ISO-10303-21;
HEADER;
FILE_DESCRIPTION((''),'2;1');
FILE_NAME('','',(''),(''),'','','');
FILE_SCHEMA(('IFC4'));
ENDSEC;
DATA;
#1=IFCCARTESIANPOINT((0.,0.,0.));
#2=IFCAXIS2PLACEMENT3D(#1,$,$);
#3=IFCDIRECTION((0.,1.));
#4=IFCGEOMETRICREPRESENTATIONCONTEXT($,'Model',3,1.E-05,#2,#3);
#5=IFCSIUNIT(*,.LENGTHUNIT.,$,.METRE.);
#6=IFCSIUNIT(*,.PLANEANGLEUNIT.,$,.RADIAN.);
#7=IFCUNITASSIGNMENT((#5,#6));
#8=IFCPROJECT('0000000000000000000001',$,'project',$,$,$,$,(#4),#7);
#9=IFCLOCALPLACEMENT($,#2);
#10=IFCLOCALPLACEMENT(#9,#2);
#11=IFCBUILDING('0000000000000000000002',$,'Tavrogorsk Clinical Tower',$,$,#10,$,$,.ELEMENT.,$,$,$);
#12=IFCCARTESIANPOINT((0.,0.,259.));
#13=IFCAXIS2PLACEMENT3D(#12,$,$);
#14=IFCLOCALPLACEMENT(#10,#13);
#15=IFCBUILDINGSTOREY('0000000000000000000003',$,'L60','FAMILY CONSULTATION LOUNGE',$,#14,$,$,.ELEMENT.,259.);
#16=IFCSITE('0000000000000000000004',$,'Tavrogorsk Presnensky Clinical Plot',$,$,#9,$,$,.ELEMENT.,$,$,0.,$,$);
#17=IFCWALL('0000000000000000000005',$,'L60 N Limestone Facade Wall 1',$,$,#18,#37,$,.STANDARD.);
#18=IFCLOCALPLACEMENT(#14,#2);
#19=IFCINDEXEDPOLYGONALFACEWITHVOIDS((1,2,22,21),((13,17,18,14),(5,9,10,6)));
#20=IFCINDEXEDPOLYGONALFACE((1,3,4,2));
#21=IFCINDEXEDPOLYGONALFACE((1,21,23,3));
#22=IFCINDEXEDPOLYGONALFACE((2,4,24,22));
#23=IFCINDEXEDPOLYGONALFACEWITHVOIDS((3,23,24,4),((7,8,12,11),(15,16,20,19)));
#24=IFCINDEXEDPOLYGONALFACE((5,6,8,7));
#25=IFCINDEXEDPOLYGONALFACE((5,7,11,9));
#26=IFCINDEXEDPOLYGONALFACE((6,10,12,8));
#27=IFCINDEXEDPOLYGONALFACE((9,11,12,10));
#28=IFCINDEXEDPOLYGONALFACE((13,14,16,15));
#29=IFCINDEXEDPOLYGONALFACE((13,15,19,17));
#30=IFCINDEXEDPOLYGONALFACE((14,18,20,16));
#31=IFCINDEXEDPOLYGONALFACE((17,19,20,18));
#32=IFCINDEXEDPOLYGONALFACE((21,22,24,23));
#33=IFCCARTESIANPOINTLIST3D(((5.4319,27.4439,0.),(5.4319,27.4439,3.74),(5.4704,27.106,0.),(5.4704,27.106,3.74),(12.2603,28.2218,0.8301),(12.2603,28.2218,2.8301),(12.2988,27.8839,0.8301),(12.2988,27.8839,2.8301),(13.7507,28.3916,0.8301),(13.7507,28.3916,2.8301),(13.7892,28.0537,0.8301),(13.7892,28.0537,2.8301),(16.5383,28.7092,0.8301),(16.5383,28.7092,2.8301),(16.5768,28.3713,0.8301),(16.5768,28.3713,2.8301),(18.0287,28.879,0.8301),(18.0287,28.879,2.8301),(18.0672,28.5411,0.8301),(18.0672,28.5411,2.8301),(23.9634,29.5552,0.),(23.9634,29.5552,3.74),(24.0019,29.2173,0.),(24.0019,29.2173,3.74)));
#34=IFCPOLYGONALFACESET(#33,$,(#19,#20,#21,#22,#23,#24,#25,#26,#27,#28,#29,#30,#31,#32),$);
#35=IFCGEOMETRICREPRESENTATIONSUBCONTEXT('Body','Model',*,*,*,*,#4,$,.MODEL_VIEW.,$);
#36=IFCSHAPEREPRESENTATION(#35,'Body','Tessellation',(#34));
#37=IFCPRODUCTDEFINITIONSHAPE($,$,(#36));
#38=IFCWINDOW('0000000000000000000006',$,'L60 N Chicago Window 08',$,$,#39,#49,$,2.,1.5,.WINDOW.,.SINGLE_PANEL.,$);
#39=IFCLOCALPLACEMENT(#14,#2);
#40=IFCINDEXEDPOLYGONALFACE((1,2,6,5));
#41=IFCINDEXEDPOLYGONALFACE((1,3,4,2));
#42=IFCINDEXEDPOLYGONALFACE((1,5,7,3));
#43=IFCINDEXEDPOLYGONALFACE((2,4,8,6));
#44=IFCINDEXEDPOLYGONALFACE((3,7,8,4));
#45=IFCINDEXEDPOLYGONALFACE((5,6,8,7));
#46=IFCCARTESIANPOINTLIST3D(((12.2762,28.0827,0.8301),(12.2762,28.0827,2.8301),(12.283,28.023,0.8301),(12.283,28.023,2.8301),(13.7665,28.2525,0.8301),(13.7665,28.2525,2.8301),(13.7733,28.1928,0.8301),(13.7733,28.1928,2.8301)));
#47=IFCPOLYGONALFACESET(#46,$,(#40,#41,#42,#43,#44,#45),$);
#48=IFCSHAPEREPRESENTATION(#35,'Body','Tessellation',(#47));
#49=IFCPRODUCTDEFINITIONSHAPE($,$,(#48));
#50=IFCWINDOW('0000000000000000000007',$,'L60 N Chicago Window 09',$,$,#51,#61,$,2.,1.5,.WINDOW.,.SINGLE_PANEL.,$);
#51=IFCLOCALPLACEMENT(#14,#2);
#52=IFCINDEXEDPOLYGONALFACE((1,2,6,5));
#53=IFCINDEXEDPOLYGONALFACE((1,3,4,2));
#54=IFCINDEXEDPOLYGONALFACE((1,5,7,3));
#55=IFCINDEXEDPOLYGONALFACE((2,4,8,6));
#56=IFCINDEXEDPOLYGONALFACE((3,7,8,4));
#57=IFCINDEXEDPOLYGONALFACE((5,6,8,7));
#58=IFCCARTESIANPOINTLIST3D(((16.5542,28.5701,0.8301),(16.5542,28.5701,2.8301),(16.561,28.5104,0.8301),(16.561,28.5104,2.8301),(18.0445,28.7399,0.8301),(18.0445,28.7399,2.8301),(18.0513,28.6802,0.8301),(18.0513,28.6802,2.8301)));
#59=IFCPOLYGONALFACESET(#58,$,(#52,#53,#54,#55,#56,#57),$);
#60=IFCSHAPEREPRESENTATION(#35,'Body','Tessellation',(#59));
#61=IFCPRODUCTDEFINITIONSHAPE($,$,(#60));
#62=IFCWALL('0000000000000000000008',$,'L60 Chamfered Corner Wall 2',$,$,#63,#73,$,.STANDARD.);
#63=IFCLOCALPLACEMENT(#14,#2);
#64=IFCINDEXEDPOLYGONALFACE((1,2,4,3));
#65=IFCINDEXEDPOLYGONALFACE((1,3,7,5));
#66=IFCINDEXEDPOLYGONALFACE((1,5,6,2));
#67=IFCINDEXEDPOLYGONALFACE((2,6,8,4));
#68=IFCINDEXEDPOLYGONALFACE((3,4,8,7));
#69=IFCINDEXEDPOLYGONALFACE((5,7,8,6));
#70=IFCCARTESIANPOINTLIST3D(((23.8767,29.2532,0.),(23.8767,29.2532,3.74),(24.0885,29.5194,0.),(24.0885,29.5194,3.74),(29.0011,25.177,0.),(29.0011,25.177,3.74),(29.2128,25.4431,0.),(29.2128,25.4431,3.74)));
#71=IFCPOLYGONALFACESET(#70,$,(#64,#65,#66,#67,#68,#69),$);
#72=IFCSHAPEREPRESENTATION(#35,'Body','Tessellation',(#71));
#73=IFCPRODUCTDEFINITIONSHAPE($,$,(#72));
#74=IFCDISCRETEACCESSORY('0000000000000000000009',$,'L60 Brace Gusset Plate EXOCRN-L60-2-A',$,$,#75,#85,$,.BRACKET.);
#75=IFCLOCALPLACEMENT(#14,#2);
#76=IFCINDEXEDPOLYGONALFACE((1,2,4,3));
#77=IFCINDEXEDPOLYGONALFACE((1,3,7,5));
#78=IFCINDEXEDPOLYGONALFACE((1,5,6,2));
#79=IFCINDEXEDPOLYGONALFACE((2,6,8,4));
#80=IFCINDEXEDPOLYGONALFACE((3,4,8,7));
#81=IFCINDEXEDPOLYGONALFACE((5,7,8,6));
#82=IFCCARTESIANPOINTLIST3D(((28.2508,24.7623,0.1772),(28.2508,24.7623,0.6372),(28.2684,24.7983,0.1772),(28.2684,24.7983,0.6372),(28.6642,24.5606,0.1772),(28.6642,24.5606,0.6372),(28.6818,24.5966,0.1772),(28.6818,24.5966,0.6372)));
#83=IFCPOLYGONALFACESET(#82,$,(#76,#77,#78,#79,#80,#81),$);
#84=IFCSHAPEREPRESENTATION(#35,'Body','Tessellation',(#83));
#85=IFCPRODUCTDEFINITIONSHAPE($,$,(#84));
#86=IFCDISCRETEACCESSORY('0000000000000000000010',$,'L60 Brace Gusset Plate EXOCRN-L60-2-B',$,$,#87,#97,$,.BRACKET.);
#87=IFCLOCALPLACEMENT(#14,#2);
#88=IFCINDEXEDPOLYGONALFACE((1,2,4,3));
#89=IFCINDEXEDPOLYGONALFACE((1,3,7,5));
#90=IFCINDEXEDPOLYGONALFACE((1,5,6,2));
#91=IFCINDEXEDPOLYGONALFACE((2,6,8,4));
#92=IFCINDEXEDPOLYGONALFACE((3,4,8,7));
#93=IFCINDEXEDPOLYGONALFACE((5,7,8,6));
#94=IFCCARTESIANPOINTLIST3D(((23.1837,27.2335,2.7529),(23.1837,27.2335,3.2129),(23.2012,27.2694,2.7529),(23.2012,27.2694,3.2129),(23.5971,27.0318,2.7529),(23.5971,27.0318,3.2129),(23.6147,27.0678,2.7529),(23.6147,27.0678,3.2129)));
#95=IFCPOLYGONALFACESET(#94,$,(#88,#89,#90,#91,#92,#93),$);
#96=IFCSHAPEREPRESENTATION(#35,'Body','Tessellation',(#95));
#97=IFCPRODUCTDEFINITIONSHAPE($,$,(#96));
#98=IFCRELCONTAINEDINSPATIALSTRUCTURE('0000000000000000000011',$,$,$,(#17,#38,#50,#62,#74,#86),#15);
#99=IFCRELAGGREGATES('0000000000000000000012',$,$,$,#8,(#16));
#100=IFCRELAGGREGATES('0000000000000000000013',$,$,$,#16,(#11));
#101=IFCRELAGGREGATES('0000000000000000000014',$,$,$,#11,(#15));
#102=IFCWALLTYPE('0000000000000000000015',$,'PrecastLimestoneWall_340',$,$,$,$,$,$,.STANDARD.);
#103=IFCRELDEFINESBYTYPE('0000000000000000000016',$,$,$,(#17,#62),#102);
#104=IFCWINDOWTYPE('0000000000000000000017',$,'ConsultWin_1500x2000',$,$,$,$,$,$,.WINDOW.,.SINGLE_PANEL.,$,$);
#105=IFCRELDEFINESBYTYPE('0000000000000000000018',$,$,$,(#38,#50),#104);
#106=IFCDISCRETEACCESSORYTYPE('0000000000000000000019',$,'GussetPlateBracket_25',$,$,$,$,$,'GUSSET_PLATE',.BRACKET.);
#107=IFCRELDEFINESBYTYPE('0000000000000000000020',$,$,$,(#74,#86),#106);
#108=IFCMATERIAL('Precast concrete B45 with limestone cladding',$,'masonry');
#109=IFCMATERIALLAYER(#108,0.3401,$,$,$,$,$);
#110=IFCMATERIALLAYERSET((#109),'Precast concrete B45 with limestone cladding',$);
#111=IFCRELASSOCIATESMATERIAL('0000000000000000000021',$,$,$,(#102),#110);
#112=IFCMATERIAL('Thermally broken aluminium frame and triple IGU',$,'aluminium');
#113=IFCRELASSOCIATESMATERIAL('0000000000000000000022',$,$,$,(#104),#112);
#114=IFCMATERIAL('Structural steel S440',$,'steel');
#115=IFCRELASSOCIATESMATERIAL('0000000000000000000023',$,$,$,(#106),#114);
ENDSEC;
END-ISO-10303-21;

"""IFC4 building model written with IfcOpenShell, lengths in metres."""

from ifc_helpers import new_model, si_unit, direction, frame, frame_2d, origin, origin_2d, place, context, subcontext, project, spatial, rectangle, extrude, material, layer, layer_set, type_object, element, fill, save


model = new_model("IFC4")

# Units and contexts
model_context = context("Model", 3, precision=1e-05, world=origin(), true_north=direction((0.0, 1.0)))
body_context = subcontext(model_context, "Body", "Model", "MODEL_VIEW")
ifc_project = project(units=[si_unit("LENGTHUNIT", "METRE"), si_unit("PLANEANGLEUNIT", "RADIAN")], contexts=[model_context])

# Site, building, storey
site_placement = place(None, origin())
site = spatial("IfcSite", under=ifc_project, at=site_placement, Name="Tavrogorsk Presnensky Clinical Plot", CompositionType="ELEMENT", RefElevation=0.0)
building_placement = place(site_placement, origin())
building = spatial("IfcBuilding", under=site, at=building_placement, Name="Tavrogorsk Clinical Tower", CompositionType="ELEMENT")
storey_placement = place(building_placement, frame((0.0, 0.0, 259.0)))
storey = spatial("IfcBuildingStorey", under=building, at=storey_placement, Name="L60", Description="FAMILY CONSULTATION LOUNGE", CompositionType="ELEMENT", Elevation=259.0)

# Wall, openings, windows
ifc_material_1 = material(Name="Precast concrete B45 with limestone cladding", Category="masonry")
ifc_layer_1 = layer(ifc_material_1, 0.3401)
ifc_layer_set_1 = layer_set([ifc_layer_1], Name="Precast concrete B45 with limestone cladding")
wall_type_1 = type_object("IfcWallType", Name="PrecastLimestoneWall_340", PredefinedType="STANDARD", material=ifc_layer_set_1)
wall_1_placement = place(storey_placement, frame((23.9827, 29.3862, 0.0), z_axis=(0.0, 0.0, 1.0), x_axis=(-0.993572, -0.1132, 0.0)))
wall_1 = element("IfcWall", 1, at=wall_1_placement, inside=storey, type_object=wall_type_1, Name="L60 N Limestone Facade Wall 1", PredefinedType="STANDARD", context=body_context, shape_type="SweptSolid", body=[
    extrude(rectangle(XDim=18.6514, YDim=0.3401, at=frame_2d((9.3257, 0.0))), origin(), (0.0, 0.0, 1.0), 3.74),
])
opening_1_placement = place(wall_1_placement, frame((10.2788, 0.0, 0.8301)))
opening_1 = element("IfcOpeningElement", 2, at=opening_1_placement, cuts=wall_1, PredefinedType="OPENING", context=body_context, shape_type="SweptSolid", body=[
    extrude(rectangle(XDim=1.5, YDim=2.0, at=frame_2d((0.75, 1.0))), frame((0.0, 0.1799, 0.0), z_axis=(0.0, -1.0, 0.0), x_axis=(1.0, 0.0, 0.0)), (0.0, 0.0, 1.0), 0.3601),
])
opening_2_placement = place(wall_1_placement, frame((5.9731, 0.0, 0.8301)))
opening_2 = element("IfcOpeningElement", 3, at=opening_2_placement, cuts=wall_1, PredefinedType="OPENING", context=body_context, shape_type="SweptSolid", body=[
    extrude(rectangle(XDim=1.5, YDim=2.0, at=frame_2d((0.75, 1.0))), frame((0.0, 0.1799, 0.0), z_axis=(0.0, -1.0, 0.0), x_axis=(1.0, 0.0, 0.0)), (0.0, 0.0, 1.0), 0.3601),
])
ifc_material_2 = material(Name="Thermally broken aluminium frame and triple IGU", Category="aluminium")
window_type = type_object("IfcWindowType", Name="ConsultWin_1500x2000", PartitioningType="SINGLE_PANEL", PredefinedType="WINDOW", material=ifc_material_2)
window_1_placement = place(opening_1_placement, origin())
window_1 = element("IfcWindow", 4, at=window_1_placement, inside=storey, type_object=window_type, Name="L60 N Chicago Window 08", OverallHeight=2.0, OverallWidth=1.5, PartitioningType="SINGLE_PANEL", PredefinedType="WINDOW", context=body_context, shape_type="SweptSolid", body=[
    extrude(rectangle(XDim=1.5, YDim=2.0, at=frame_2d((0.75, 1.0))), frame((0.0, 0.03, 0.0), z_axis=(0.0, -1.0, 0.0), x_axis=(1.0, 0.0, 0.0)), (0.0, 0.0, 1.0), 0.0601),
])
fill(opening_1, window_1)
window_2_placement = place(opening_2_placement, origin())
window_2 = element("IfcWindow", 5, at=window_2_placement, inside=storey, type_object=window_type, Name="L60 N Chicago Window 09", OverallHeight=2.0, OverallWidth=1.5, PartitioningType="SINGLE_PANEL", PredefinedType="WINDOW", context=body_context, shape_type="SweptSolid", body=[
    extrude(rectangle(XDim=1.5, YDim=2.0, at=frame_2d((0.75, 1.0))), frame((0.0, 0.03, 0.0), z_axis=(0.0, -1.0, 0.0), x_axis=(1.0, 0.0, 0.0)), (0.0, 0.0, 1.0), 0.0601),
])
fill(opening_2, window_2)

# Wall
wall_2_placement = place(storey_placement, frame((29.1069, 25.3101, 0.0), z_axis=(0.0, 0.0, 1.0), x_axis=(-0.782597, 0.622528, 0.0)))
element("IfcWall", 6, at=wall_2_placement, inside=storey, type_object=wall_type_1, Name="L60 Chamfered Corner Wall 2", PredefinedType="STANDARD", context=body_context, shape_type="SweptSolid", body=[
    extrude(rectangle(XDim=6.5479, YDim=0.3401, at=frame_2d((3.2739, 0.0))), origin(), (0.0, 0.0, 1.0), 3.74),
])

# Discrete accessories
ifc_material_3 = material(Name="Structural steel S440", Category="steel")
discrete_accessory_type = type_object("IfcDiscreteAccessoryType", Name="GussetPlateBracket_25", ElementType="GUSSET_PLATE", PredefinedType="BRACKET", material=ifc_material_3)
for number, where, z_axis, x_axis, name in (
    (7, (28.4663, 24.6794, 0.1772), (0.0, 0.0, 1.0), (-0.898794, 0.438371, 0.0), "L60 Brace Gusset Plate EXOCRN-L60-2-A"),
    (8, (23.3992, 27.1506, 2.7529), (0.0, 0.0, 1.0), (-0.898794, 0.438371, 0.0), "L60 Brace Gusset Plate EXOCRN-L60-2-B"),
):
    element("IfcDiscreteAccessory", number, at=place(storey_placement, frame(where, z_axis=z_axis, x_axis=x_axis)), inside=storey, type_object=discrete_accessory_type, Name=name, PredefinedType="BRACKET", context=body_context, shape_type="SweptSolid", body=[
        extrude(rectangle(XDim=0.46, YDim=0.04, at=origin_2d()), origin(), (0.0, 0.0, 1.0), 0.46),
    ])

save(model, "model.ifc")
